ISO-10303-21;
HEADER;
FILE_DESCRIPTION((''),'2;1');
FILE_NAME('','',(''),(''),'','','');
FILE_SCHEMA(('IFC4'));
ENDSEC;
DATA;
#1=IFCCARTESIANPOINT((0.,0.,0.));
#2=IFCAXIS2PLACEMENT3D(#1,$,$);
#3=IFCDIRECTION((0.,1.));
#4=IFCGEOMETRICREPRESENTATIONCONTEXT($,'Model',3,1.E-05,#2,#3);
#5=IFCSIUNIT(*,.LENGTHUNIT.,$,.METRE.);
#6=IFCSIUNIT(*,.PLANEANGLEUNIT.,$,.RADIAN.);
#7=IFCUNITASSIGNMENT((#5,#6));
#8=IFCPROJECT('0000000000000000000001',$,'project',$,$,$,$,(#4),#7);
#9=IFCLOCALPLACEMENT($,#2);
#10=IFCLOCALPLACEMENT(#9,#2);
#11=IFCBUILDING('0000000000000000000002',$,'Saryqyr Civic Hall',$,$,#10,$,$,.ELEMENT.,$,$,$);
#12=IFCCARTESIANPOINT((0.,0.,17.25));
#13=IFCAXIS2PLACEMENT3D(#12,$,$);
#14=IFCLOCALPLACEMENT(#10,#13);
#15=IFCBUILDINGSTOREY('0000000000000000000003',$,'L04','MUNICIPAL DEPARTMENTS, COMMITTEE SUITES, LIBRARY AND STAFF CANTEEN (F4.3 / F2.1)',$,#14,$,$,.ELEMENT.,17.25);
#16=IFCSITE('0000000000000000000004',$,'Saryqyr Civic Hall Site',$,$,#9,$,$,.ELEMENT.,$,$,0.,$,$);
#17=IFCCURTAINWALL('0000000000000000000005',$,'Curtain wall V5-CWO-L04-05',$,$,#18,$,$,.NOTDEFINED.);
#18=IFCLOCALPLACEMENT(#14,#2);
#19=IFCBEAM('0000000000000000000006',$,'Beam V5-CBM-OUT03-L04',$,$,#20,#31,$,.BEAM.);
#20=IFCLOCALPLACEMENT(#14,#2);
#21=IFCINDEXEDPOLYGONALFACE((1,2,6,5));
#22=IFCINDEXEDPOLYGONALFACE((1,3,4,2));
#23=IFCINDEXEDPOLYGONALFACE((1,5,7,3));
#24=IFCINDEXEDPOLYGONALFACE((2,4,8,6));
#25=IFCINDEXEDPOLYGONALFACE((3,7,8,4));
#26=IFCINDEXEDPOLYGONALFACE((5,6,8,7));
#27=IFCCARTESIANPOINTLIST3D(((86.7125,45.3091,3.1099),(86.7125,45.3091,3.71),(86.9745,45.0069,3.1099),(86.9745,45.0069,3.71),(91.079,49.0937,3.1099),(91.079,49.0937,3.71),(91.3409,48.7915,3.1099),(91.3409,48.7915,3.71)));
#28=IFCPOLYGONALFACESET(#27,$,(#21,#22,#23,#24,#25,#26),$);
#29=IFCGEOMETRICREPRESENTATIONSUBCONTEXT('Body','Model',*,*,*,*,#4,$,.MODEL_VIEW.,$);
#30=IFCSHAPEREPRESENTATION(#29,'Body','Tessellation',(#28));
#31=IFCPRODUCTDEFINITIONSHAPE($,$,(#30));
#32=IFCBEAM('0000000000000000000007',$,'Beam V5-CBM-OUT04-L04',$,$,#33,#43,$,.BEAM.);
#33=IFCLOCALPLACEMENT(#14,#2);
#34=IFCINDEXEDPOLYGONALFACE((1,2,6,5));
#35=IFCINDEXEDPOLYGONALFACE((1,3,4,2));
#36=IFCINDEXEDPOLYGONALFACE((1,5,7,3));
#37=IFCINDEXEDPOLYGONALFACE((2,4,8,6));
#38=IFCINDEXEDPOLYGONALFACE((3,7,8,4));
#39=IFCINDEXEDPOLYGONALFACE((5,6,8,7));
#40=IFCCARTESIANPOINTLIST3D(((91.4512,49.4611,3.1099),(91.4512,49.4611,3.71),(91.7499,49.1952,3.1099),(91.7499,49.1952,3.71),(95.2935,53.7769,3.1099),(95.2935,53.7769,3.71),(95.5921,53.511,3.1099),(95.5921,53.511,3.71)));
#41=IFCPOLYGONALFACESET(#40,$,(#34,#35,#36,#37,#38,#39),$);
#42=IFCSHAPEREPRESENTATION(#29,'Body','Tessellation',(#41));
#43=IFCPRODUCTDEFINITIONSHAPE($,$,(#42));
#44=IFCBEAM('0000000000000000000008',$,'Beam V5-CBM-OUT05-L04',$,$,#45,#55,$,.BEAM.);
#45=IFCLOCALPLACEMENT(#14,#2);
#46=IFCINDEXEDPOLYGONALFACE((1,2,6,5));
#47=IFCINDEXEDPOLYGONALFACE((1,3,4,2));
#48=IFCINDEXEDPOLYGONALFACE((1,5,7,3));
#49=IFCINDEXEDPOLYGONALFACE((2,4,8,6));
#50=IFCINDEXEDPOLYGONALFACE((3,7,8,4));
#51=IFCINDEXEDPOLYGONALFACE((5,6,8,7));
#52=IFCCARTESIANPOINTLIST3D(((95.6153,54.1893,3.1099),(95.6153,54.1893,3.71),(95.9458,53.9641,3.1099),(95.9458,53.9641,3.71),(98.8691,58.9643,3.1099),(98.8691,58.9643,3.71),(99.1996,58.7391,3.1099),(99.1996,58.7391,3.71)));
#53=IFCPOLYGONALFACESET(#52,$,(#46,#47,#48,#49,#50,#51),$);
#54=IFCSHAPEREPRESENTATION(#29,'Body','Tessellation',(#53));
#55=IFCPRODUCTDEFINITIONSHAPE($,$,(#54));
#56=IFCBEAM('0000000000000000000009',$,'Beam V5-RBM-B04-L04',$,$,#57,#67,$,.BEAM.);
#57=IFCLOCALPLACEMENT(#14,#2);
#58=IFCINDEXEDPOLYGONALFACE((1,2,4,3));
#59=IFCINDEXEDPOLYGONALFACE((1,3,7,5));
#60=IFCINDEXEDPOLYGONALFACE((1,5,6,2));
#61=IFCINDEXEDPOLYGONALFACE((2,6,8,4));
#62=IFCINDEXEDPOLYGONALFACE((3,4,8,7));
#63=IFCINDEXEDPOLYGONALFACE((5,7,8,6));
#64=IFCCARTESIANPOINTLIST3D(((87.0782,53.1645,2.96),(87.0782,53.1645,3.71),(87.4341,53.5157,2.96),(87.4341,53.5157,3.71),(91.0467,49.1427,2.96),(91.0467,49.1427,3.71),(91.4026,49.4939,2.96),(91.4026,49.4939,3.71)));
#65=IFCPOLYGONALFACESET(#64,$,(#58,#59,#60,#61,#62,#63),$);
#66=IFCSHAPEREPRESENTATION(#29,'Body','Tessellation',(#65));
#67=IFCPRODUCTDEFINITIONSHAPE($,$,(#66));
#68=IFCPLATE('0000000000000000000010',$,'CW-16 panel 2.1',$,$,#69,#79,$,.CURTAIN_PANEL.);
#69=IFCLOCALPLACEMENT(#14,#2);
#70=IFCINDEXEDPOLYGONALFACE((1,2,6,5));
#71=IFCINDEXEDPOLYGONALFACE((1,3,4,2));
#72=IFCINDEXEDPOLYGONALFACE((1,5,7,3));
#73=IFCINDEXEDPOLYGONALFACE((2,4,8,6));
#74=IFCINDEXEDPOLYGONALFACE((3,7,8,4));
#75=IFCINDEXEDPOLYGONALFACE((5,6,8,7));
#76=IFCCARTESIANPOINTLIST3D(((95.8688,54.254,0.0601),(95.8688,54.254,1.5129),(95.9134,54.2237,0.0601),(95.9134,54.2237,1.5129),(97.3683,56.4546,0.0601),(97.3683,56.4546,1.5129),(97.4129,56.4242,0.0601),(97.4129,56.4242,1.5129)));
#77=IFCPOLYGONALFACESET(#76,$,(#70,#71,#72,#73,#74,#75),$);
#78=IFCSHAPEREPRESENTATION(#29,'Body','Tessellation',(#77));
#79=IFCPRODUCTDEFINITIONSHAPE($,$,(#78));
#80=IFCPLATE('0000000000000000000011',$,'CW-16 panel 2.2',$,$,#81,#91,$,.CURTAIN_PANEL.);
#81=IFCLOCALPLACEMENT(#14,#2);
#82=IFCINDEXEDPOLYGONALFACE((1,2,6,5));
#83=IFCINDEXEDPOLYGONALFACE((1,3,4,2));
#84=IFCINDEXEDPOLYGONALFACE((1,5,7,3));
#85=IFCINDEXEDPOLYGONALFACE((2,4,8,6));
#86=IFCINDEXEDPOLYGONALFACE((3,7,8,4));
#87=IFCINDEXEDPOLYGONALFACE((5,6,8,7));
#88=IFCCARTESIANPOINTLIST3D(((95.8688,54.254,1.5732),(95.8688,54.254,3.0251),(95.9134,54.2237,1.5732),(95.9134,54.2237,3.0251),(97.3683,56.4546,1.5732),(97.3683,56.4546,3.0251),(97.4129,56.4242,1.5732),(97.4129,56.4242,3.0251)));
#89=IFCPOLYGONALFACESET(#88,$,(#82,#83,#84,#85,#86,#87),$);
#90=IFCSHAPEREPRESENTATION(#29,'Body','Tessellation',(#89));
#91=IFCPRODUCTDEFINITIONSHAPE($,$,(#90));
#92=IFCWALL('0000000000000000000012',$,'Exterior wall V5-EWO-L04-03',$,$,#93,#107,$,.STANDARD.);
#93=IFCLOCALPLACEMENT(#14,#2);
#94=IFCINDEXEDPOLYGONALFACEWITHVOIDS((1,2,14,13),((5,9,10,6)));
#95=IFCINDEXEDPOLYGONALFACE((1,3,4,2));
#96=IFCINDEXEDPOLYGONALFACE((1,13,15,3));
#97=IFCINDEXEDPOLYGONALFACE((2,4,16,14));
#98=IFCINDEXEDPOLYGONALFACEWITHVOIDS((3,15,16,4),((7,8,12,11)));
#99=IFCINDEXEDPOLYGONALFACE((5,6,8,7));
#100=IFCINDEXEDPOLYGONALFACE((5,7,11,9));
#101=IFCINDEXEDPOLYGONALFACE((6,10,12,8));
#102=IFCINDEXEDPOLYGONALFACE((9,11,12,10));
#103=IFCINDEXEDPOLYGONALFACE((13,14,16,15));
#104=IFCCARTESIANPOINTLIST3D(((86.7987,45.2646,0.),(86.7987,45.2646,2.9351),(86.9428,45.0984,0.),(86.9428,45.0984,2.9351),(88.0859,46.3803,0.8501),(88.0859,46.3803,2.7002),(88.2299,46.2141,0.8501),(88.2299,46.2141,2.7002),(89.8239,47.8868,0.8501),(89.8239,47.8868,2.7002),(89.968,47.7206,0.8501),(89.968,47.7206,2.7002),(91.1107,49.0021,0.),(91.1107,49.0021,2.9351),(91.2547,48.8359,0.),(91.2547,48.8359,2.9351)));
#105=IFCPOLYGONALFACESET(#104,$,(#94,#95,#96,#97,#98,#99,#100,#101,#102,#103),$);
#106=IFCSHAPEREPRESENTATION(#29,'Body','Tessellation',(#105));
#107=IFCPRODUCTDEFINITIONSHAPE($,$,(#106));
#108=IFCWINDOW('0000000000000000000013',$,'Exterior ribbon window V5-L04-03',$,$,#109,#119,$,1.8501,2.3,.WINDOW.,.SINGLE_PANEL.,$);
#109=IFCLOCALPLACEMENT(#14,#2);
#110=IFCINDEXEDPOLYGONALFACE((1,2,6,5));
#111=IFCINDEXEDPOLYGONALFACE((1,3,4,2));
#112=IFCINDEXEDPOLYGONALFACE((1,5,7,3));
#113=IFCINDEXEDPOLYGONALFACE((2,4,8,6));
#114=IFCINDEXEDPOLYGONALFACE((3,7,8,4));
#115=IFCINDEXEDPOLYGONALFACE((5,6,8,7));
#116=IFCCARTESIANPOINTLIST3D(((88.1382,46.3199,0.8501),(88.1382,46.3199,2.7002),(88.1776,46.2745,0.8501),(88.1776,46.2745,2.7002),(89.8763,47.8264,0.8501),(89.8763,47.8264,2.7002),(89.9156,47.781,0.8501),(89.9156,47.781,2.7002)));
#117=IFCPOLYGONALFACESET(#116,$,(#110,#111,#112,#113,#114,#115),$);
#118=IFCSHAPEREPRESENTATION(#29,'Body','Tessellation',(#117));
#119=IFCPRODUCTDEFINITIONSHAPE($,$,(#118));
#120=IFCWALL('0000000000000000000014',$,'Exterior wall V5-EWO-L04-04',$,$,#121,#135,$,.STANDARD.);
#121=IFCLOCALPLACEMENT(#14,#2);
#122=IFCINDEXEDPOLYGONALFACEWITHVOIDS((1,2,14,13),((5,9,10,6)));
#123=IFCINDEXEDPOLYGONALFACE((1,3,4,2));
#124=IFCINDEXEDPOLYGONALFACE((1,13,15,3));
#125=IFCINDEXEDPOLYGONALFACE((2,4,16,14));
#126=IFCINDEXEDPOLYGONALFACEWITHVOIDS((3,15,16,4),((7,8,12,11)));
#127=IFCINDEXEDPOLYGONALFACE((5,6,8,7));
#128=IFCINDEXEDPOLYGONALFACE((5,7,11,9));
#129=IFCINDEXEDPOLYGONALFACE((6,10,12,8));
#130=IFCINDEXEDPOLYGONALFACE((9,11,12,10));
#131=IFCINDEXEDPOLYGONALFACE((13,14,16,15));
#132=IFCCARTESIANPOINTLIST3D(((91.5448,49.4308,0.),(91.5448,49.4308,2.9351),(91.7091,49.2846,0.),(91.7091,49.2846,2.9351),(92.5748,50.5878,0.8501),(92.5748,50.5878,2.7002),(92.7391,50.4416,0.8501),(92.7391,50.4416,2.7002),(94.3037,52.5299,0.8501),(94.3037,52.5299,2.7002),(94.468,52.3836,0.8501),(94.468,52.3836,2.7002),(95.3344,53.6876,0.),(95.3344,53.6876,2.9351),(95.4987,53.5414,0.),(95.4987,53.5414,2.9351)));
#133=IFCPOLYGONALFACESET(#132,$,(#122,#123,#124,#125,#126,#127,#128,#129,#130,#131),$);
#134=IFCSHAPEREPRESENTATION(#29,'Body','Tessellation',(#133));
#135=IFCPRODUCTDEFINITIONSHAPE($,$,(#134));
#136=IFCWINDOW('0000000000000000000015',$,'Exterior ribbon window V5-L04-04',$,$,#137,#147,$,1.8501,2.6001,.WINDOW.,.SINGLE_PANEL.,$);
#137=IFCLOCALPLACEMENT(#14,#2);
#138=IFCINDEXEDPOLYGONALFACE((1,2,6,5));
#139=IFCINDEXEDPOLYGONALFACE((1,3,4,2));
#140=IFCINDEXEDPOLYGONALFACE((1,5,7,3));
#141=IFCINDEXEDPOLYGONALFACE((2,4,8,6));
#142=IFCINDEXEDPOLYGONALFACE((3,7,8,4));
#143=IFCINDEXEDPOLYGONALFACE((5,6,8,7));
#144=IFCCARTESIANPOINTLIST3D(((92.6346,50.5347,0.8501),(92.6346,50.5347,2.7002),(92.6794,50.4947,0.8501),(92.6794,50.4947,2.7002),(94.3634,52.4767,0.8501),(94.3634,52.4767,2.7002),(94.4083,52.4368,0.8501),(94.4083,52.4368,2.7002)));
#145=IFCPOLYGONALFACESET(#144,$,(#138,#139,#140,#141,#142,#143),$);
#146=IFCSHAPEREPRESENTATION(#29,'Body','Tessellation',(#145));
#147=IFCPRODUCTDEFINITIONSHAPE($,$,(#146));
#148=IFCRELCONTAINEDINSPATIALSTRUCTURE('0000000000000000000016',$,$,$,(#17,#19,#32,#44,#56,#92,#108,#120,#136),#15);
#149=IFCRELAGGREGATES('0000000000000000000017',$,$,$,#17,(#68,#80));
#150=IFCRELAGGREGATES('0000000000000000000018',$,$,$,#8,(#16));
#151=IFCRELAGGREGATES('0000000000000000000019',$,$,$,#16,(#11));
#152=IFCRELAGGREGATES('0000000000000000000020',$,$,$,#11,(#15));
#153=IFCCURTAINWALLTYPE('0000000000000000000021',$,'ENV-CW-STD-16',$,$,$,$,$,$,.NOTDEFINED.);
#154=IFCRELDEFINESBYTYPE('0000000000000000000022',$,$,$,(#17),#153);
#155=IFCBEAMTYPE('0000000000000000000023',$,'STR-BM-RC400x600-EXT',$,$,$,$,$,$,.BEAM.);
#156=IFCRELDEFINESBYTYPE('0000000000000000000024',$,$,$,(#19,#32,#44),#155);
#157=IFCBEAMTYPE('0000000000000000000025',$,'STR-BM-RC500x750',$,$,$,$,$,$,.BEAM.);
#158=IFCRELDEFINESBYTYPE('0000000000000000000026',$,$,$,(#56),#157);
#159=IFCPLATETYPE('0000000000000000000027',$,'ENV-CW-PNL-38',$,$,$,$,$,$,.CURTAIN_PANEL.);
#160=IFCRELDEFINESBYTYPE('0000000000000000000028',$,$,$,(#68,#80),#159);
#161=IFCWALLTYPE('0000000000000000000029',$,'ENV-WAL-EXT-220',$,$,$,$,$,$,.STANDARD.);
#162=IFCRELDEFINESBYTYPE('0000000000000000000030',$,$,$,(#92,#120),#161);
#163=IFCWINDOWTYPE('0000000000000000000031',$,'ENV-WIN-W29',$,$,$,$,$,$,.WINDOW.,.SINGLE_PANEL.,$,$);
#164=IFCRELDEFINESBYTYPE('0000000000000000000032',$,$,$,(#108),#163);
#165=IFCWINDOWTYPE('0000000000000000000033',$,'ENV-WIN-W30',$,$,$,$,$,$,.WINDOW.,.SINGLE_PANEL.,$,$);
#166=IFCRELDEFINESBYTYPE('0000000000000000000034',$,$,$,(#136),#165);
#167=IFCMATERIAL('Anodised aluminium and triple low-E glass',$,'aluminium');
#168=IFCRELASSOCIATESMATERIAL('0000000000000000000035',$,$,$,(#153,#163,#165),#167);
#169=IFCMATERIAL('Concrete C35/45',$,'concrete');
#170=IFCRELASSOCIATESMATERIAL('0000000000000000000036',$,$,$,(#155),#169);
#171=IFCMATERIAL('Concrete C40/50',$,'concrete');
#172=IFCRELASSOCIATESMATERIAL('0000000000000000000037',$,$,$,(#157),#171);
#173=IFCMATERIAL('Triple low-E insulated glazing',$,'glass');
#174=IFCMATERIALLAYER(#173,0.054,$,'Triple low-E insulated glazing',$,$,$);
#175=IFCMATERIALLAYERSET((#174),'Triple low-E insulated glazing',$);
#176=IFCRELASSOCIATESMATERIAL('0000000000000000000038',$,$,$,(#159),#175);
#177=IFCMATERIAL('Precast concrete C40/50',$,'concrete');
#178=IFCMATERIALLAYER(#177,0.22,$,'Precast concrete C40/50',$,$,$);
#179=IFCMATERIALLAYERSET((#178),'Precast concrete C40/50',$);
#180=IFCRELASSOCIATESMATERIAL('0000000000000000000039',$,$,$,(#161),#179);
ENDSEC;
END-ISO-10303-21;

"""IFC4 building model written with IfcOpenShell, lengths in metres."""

from ifc_helpers import new_model, si_unit, direction, frame, frame_2d, origin, origin_2d, place, context, subcontext, project, spatial, rectangle, extrude, material, layer, layer_set, material_profile, profile_set, type_object, element, fill, aggregate, save


model = new_model("IFC4")

# Units and contexts
model_context = context("Model", 3, precision=1e-05, world=origin(), true_north=direction((0.0, 1.0)))
body_context = subcontext(model_context, "Body", "Model", "MODEL_VIEW")
ifc_project = project(units=[si_unit("LENGTHUNIT", "METRE"), si_unit("PLANEANGLEUNIT", "RADIAN")], contexts=[model_context])

# Site, building, storey
site_placement = place(None, origin())
site = spatial("IfcSite", under=ifc_project, at=site_placement, Name="Saryqyr Civic Hall Site", CompositionType="ELEMENT", RefElevation=0.0)
building_placement = place(site_placement, origin())
building = spatial("IfcBuilding", under=site, at=building_placement, Name="Saryqyr Civic Hall", CompositionType="ELEMENT")
storey_placement = place(building_placement, frame((0.0, 0.0, 17.25)))
storey = spatial("IfcBuildingStorey", under=building, at=storey_placement, Name="L04", Description="MUNICIPAL DEPARTMENTS, COMMITTEE SUITES, LIBRARY AND STAFF CANTEEN (F4.3 / F2.1)", CompositionType="ELEMENT", Elevation=17.25)

# Shared definitions
ifc_material_1 = material(Name="Concrete C40/50", Category="concrete")

# Shared definitions
ifc_material_2 = material(Name="Anodised aluminium and triple low-E glass", Category="aluminium")
curtain_wall_type = type_object("IfcCurtainWallType", Name="ENV-CW-STD-16", PredefinedType="NOTDEFINED", material=ifc_material_2)

# Curtain wall
curtain_wall_1_placement = place(storey_placement, origin())
curtain_wall_1 = element("IfcCurtainWall", 1, at=curtain_wall_1_placement, inside=storey, type_object=curtain_wall_type, Name="Curtain wall V5-CWO-L04-05", PredefinedType="NOTDEFINED")

# Beams
ifc_material_3 = material(Name="Concrete C35/45", Category="concrete")
ifc_material_profile_1 = material_profile(ifc_material_3, rectangle(XDim=0.3999, YDim=0.6001, at=origin_2d()), Name="RC 400x600")
ifc_profile_set_1 = profile_set([ifc_material_profile_1], Name="Concrete C35/45")
beam_type_1 = type_object("IfcBeamType", Name="STR-BM-RC400x600-EXT", PredefinedType="BEAM", material=ifc_profile_set_1)
for number, where, z_axis, x_axis, name in (
    (2, (86.8435, 45.158, 3.4099), (0.755654, 0.654971, 0.0), (-0.654971, 0.755654, 0.0), "Beam V5-CBM-OUT03-L04"),
    (3, (91.6006, 49.3281, 3.4099), (0.664935, 0.746901, 0.0), (-0.746901, 0.664935, 0.0), "Beam V5-CBM-OUT04-L04"),
    (4, (95.7805, 54.0767, 3.4099), (0.563115, 0.826378, 0.0), (-0.826378, 0.563115, 0.0), "Beam V5-CBM-OUT05-L04"),
):
    element("IfcBeam", number, at=place(storey_placement, frame(where, z_axis=z_axis, x_axis=x_axis)), inside=storey, type_object=beam_type_1, Name=name, PredefinedType="BEAM", context=body_context, shape_type="SweptSolid", body=[
        extrude(rectangle(XDim=0.3999, YDim=0.6001, at=origin_2d()), origin(), (0.0, 0.0, 1.0), 5.7783),
    ])
ifc_material_profile_2 = material_profile(ifc_material_1, rectangle(XDim=0.5, YDim=0.75, at=origin_2d()), Name="RC 500x750")
ifc_profile_set_2 = profile_set([ifc_material_profile_2], Name="Concrete C40/50")
beam_type_2 = type_object("IfcBeamType", Name="STR-BM-RC500x750", PredefinedType="BEAM", material=ifc_profile_set_2)
beam_1_placement = place(storey_placement, frame((87.2561, 53.3401, 3.335), z_axis=(0.702381, -0.711801, 0.0), x_axis=(0.711801, 0.702381, 0.0)))
element("IfcBeam", 5, at=beam_1_placement, inside=storey, type_object=beam_type_2, Name="Beam V5-RBM-B04-L04", PredefinedType="BEAM", context=body_context, shape_type="SweptSolid", body=[
    extrude(rectangle(XDim=0.5, YDim=0.75, at=origin_2d()), origin(), (0.0, 0.0, 1.0), 5.6501),
])

# Plates
ifc_material_4 = material(Name="Triple low-E insulated glazing", Category="glass")
ifc_layer_1 = layer(ifc_material_4, 0.054, Name="Triple low-E insulated glazing")
ifc_layer_set_1 = layer_set([ifc_layer_1], Name="Triple low-E insulated glazing")
plate_type = type_object("IfcPlateType", Name="ENV-CW-PNL-38", PredefinedType="CURTAIN_PANEL", material=ifc_layer_set_1)
plate_1_placement = place(storey_placement, frame((96.6409, 55.3391, 0.0601), z_axis=(0.0, 0.0, 1.0), x_axis=(-0.563118, -0.826377, 0.0)))
plate_1 = element("IfcPlate", 6, at=plate_1_placement, type_object=plate_type, Name="CW-16 panel 2.1", PredefinedType="CURTAIN_PANEL", context=body_context, shape_type="SweptSolid", body=[
    extrude(rectangle(XDim=2.6628, YDim=0.054, at=origin_2d()), origin(), (0.0, 0.0, 1.0), 1.4529),
])
plate_2_placement = place(storey_placement, frame((96.6409, 55.3391, 1.5732), z_axis=(0.0, 0.0, 1.0), x_axis=(-0.563118, -0.826377, 0.0)))
plate_2 = element("IfcPlate", 7, at=plate_2_placement, type_object=plate_type, Name="CW-16 panel 2.2", PredefinedType="CURTAIN_PANEL", context=body_context, shape_type="SweptSolid", body=[
    extrude(rectangle(XDim=2.6628, YDim=0.054, at=origin_2d()), origin(), (0.0, 0.0, 1.0), 1.4519),
])
aggregate(curtain_wall_1, [plate_1, plate_2])

# Walls, openings, windows
ifc_material_5 = material(Name="Precast concrete C40/50", Category="concrete")
ifc_layer_2 = layer(ifc_material_5, 0.22, Name="Precast concrete C40/50")
ifc_layer_set_2 = layer_set([ifc_layer_2], Name="Precast concrete C40/50")
wall_type = type_object("IfcWallType", Name="ENV-WAL-EXT-220", PredefinedType="STANDARD", material=ifc_layer_set_2)
wall_1_placement = place(storey_placement, frame((91.1826, 48.9189, 0.0), z_axis=(0.0, 0.0, 1.0), x_axis=(-0.755648, -0.654978, 0.0)))
wall_1 = element("IfcWall", 8, at=wall_1_placement, inside=storey, type_object=wall_type, Name="Exterior wall V5-EWO-L04-03", PredefinedType="STANDARD", context=body_context, shape_type="SweptSolid", body=[
    extrude(rectangle(XDim=5.7063, YDim=0.22, at=frame_2d((2.853, 0.0))), origin(), (0.0, 0.0, 1.0), 2.9351),
])
opening_1_placement = place(wall_1_placement, frame((1.7029, 0.0, 0.8501)))
opening_1 = element("IfcOpeningElement", 9, at=opening_1_placement, cuts=wall_1, PredefinedType="OPENING", context=body_context, shape_type="SweptSolid", body=[
    extrude(rectangle(XDim=2.3, YDim=1.8501, at=frame_2d((1.1499, 0.925))), frame((0.0, 0.1199, 0.0), z_axis=(0.0, -1.0, 0.0), x_axis=(1.0, 0.0, 0.0)), (0.0, 0.0, 1.0), 0.24),
])
window_type_1 = type_object("IfcWindowType", Name="ENV-WIN-W29", PartitioningType="SINGLE_PANEL", PredefinedType="WINDOW", material=ifc_material_2)
window_1_placement = place(opening_1_placement, origin())
window_1 = element("IfcWindow", 10, at=window_1_placement, inside=storey, type_object=window_type_1, Name="Exterior ribbon window V5-L04-03", OverallHeight=1.8501, OverallWidth=2.3, PartitioningType="SINGLE_PANEL", PredefinedType="WINDOW", context=body_context, shape_type="SweptSolid", body=[
    extrude(rectangle(XDim=2.3, YDim=1.8501, at=frame_2d((1.1499, 0.925))), frame((0.0, 0.03, 0.0), z_axis=(0.0, -1.0, 0.0), x_axis=(1.0, 0.0, 0.0)), (0.0, 0.0, 1.0), 0.0601),
])
fill(opening_1, window_1)
wall_2_placement = place(storey_placement, frame((95.4165, 53.6145, 0.0), z_axis=(0.0, 0.0, 1.0), x_axis=(-0.664922, -0.746913, 0.0)))
wall_2 = element("IfcWall", 11, at=wall_2_placement, inside=storey, type_object=wall_type, Name="Exterior wall V5-EWO-L04-04", PredefinedType="STANDARD", context=body_context, shape_type="SweptSolid", body=[
    extrude(rectangle(XDim=5.6992, YDim=0.22, at=frame_2d((2.8496, 0.0))), origin(), (0.0, 0.0, 1.0), 2.9351),
])
opening_2_placement = place(wall_2_placement, frame((1.55, 0.0, 0.8501)))
opening_2 = element("IfcOpeningElement", 12, at=opening_2_placement, cuts=wall_2, PredefinedType="OPENING", context=body_context, shape_type="SweptSolid", body=[
    extrude(rectangle(XDim=2.6001, YDim=1.8501, at=frame_2d((1.3, 0.925))), frame((0.0, 0.1199, 0.0), z_axis=(0.0, -1.0, 0.0), x_axis=(1.0, 0.0, 0.0)), (0.0, 0.0, 1.0), 0.24),
])
window_type_2 = type_object("IfcWindowType", Name="ENV-WIN-W30", PartitioningType="SINGLE_PANEL", PredefinedType="WINDOW", material=ifc_material_2)
window_2_placement = place(opening_2_placement, origin())
window_2 = element("IfcWindow", 13, at=window_2_placement, inside=storey, type_object=window_type_2, Name="Exterior ribbon window V5-L04-04", OverallHeight=1.8501, OverallWidth=2.6001, PartitioningType="SINGLE_PANEL", PredefinedType="WINDOW", context=body_context, shape_type="SweptSolid", body=[
    extrude(rectangle(XDim=2.6001, YDim=1.8501, at=frame_2d((1.3, 0.925))), frame((0.0, 0.03, 0.0), z_axis=(0.0, -1.0, 0.0), x_axis=(1.0, 0.0, 0.0)), (0.0, 0.0, 1.0), 0.0601),
])
fill(opening_2, window_2)

save(model, "model.ifc")
